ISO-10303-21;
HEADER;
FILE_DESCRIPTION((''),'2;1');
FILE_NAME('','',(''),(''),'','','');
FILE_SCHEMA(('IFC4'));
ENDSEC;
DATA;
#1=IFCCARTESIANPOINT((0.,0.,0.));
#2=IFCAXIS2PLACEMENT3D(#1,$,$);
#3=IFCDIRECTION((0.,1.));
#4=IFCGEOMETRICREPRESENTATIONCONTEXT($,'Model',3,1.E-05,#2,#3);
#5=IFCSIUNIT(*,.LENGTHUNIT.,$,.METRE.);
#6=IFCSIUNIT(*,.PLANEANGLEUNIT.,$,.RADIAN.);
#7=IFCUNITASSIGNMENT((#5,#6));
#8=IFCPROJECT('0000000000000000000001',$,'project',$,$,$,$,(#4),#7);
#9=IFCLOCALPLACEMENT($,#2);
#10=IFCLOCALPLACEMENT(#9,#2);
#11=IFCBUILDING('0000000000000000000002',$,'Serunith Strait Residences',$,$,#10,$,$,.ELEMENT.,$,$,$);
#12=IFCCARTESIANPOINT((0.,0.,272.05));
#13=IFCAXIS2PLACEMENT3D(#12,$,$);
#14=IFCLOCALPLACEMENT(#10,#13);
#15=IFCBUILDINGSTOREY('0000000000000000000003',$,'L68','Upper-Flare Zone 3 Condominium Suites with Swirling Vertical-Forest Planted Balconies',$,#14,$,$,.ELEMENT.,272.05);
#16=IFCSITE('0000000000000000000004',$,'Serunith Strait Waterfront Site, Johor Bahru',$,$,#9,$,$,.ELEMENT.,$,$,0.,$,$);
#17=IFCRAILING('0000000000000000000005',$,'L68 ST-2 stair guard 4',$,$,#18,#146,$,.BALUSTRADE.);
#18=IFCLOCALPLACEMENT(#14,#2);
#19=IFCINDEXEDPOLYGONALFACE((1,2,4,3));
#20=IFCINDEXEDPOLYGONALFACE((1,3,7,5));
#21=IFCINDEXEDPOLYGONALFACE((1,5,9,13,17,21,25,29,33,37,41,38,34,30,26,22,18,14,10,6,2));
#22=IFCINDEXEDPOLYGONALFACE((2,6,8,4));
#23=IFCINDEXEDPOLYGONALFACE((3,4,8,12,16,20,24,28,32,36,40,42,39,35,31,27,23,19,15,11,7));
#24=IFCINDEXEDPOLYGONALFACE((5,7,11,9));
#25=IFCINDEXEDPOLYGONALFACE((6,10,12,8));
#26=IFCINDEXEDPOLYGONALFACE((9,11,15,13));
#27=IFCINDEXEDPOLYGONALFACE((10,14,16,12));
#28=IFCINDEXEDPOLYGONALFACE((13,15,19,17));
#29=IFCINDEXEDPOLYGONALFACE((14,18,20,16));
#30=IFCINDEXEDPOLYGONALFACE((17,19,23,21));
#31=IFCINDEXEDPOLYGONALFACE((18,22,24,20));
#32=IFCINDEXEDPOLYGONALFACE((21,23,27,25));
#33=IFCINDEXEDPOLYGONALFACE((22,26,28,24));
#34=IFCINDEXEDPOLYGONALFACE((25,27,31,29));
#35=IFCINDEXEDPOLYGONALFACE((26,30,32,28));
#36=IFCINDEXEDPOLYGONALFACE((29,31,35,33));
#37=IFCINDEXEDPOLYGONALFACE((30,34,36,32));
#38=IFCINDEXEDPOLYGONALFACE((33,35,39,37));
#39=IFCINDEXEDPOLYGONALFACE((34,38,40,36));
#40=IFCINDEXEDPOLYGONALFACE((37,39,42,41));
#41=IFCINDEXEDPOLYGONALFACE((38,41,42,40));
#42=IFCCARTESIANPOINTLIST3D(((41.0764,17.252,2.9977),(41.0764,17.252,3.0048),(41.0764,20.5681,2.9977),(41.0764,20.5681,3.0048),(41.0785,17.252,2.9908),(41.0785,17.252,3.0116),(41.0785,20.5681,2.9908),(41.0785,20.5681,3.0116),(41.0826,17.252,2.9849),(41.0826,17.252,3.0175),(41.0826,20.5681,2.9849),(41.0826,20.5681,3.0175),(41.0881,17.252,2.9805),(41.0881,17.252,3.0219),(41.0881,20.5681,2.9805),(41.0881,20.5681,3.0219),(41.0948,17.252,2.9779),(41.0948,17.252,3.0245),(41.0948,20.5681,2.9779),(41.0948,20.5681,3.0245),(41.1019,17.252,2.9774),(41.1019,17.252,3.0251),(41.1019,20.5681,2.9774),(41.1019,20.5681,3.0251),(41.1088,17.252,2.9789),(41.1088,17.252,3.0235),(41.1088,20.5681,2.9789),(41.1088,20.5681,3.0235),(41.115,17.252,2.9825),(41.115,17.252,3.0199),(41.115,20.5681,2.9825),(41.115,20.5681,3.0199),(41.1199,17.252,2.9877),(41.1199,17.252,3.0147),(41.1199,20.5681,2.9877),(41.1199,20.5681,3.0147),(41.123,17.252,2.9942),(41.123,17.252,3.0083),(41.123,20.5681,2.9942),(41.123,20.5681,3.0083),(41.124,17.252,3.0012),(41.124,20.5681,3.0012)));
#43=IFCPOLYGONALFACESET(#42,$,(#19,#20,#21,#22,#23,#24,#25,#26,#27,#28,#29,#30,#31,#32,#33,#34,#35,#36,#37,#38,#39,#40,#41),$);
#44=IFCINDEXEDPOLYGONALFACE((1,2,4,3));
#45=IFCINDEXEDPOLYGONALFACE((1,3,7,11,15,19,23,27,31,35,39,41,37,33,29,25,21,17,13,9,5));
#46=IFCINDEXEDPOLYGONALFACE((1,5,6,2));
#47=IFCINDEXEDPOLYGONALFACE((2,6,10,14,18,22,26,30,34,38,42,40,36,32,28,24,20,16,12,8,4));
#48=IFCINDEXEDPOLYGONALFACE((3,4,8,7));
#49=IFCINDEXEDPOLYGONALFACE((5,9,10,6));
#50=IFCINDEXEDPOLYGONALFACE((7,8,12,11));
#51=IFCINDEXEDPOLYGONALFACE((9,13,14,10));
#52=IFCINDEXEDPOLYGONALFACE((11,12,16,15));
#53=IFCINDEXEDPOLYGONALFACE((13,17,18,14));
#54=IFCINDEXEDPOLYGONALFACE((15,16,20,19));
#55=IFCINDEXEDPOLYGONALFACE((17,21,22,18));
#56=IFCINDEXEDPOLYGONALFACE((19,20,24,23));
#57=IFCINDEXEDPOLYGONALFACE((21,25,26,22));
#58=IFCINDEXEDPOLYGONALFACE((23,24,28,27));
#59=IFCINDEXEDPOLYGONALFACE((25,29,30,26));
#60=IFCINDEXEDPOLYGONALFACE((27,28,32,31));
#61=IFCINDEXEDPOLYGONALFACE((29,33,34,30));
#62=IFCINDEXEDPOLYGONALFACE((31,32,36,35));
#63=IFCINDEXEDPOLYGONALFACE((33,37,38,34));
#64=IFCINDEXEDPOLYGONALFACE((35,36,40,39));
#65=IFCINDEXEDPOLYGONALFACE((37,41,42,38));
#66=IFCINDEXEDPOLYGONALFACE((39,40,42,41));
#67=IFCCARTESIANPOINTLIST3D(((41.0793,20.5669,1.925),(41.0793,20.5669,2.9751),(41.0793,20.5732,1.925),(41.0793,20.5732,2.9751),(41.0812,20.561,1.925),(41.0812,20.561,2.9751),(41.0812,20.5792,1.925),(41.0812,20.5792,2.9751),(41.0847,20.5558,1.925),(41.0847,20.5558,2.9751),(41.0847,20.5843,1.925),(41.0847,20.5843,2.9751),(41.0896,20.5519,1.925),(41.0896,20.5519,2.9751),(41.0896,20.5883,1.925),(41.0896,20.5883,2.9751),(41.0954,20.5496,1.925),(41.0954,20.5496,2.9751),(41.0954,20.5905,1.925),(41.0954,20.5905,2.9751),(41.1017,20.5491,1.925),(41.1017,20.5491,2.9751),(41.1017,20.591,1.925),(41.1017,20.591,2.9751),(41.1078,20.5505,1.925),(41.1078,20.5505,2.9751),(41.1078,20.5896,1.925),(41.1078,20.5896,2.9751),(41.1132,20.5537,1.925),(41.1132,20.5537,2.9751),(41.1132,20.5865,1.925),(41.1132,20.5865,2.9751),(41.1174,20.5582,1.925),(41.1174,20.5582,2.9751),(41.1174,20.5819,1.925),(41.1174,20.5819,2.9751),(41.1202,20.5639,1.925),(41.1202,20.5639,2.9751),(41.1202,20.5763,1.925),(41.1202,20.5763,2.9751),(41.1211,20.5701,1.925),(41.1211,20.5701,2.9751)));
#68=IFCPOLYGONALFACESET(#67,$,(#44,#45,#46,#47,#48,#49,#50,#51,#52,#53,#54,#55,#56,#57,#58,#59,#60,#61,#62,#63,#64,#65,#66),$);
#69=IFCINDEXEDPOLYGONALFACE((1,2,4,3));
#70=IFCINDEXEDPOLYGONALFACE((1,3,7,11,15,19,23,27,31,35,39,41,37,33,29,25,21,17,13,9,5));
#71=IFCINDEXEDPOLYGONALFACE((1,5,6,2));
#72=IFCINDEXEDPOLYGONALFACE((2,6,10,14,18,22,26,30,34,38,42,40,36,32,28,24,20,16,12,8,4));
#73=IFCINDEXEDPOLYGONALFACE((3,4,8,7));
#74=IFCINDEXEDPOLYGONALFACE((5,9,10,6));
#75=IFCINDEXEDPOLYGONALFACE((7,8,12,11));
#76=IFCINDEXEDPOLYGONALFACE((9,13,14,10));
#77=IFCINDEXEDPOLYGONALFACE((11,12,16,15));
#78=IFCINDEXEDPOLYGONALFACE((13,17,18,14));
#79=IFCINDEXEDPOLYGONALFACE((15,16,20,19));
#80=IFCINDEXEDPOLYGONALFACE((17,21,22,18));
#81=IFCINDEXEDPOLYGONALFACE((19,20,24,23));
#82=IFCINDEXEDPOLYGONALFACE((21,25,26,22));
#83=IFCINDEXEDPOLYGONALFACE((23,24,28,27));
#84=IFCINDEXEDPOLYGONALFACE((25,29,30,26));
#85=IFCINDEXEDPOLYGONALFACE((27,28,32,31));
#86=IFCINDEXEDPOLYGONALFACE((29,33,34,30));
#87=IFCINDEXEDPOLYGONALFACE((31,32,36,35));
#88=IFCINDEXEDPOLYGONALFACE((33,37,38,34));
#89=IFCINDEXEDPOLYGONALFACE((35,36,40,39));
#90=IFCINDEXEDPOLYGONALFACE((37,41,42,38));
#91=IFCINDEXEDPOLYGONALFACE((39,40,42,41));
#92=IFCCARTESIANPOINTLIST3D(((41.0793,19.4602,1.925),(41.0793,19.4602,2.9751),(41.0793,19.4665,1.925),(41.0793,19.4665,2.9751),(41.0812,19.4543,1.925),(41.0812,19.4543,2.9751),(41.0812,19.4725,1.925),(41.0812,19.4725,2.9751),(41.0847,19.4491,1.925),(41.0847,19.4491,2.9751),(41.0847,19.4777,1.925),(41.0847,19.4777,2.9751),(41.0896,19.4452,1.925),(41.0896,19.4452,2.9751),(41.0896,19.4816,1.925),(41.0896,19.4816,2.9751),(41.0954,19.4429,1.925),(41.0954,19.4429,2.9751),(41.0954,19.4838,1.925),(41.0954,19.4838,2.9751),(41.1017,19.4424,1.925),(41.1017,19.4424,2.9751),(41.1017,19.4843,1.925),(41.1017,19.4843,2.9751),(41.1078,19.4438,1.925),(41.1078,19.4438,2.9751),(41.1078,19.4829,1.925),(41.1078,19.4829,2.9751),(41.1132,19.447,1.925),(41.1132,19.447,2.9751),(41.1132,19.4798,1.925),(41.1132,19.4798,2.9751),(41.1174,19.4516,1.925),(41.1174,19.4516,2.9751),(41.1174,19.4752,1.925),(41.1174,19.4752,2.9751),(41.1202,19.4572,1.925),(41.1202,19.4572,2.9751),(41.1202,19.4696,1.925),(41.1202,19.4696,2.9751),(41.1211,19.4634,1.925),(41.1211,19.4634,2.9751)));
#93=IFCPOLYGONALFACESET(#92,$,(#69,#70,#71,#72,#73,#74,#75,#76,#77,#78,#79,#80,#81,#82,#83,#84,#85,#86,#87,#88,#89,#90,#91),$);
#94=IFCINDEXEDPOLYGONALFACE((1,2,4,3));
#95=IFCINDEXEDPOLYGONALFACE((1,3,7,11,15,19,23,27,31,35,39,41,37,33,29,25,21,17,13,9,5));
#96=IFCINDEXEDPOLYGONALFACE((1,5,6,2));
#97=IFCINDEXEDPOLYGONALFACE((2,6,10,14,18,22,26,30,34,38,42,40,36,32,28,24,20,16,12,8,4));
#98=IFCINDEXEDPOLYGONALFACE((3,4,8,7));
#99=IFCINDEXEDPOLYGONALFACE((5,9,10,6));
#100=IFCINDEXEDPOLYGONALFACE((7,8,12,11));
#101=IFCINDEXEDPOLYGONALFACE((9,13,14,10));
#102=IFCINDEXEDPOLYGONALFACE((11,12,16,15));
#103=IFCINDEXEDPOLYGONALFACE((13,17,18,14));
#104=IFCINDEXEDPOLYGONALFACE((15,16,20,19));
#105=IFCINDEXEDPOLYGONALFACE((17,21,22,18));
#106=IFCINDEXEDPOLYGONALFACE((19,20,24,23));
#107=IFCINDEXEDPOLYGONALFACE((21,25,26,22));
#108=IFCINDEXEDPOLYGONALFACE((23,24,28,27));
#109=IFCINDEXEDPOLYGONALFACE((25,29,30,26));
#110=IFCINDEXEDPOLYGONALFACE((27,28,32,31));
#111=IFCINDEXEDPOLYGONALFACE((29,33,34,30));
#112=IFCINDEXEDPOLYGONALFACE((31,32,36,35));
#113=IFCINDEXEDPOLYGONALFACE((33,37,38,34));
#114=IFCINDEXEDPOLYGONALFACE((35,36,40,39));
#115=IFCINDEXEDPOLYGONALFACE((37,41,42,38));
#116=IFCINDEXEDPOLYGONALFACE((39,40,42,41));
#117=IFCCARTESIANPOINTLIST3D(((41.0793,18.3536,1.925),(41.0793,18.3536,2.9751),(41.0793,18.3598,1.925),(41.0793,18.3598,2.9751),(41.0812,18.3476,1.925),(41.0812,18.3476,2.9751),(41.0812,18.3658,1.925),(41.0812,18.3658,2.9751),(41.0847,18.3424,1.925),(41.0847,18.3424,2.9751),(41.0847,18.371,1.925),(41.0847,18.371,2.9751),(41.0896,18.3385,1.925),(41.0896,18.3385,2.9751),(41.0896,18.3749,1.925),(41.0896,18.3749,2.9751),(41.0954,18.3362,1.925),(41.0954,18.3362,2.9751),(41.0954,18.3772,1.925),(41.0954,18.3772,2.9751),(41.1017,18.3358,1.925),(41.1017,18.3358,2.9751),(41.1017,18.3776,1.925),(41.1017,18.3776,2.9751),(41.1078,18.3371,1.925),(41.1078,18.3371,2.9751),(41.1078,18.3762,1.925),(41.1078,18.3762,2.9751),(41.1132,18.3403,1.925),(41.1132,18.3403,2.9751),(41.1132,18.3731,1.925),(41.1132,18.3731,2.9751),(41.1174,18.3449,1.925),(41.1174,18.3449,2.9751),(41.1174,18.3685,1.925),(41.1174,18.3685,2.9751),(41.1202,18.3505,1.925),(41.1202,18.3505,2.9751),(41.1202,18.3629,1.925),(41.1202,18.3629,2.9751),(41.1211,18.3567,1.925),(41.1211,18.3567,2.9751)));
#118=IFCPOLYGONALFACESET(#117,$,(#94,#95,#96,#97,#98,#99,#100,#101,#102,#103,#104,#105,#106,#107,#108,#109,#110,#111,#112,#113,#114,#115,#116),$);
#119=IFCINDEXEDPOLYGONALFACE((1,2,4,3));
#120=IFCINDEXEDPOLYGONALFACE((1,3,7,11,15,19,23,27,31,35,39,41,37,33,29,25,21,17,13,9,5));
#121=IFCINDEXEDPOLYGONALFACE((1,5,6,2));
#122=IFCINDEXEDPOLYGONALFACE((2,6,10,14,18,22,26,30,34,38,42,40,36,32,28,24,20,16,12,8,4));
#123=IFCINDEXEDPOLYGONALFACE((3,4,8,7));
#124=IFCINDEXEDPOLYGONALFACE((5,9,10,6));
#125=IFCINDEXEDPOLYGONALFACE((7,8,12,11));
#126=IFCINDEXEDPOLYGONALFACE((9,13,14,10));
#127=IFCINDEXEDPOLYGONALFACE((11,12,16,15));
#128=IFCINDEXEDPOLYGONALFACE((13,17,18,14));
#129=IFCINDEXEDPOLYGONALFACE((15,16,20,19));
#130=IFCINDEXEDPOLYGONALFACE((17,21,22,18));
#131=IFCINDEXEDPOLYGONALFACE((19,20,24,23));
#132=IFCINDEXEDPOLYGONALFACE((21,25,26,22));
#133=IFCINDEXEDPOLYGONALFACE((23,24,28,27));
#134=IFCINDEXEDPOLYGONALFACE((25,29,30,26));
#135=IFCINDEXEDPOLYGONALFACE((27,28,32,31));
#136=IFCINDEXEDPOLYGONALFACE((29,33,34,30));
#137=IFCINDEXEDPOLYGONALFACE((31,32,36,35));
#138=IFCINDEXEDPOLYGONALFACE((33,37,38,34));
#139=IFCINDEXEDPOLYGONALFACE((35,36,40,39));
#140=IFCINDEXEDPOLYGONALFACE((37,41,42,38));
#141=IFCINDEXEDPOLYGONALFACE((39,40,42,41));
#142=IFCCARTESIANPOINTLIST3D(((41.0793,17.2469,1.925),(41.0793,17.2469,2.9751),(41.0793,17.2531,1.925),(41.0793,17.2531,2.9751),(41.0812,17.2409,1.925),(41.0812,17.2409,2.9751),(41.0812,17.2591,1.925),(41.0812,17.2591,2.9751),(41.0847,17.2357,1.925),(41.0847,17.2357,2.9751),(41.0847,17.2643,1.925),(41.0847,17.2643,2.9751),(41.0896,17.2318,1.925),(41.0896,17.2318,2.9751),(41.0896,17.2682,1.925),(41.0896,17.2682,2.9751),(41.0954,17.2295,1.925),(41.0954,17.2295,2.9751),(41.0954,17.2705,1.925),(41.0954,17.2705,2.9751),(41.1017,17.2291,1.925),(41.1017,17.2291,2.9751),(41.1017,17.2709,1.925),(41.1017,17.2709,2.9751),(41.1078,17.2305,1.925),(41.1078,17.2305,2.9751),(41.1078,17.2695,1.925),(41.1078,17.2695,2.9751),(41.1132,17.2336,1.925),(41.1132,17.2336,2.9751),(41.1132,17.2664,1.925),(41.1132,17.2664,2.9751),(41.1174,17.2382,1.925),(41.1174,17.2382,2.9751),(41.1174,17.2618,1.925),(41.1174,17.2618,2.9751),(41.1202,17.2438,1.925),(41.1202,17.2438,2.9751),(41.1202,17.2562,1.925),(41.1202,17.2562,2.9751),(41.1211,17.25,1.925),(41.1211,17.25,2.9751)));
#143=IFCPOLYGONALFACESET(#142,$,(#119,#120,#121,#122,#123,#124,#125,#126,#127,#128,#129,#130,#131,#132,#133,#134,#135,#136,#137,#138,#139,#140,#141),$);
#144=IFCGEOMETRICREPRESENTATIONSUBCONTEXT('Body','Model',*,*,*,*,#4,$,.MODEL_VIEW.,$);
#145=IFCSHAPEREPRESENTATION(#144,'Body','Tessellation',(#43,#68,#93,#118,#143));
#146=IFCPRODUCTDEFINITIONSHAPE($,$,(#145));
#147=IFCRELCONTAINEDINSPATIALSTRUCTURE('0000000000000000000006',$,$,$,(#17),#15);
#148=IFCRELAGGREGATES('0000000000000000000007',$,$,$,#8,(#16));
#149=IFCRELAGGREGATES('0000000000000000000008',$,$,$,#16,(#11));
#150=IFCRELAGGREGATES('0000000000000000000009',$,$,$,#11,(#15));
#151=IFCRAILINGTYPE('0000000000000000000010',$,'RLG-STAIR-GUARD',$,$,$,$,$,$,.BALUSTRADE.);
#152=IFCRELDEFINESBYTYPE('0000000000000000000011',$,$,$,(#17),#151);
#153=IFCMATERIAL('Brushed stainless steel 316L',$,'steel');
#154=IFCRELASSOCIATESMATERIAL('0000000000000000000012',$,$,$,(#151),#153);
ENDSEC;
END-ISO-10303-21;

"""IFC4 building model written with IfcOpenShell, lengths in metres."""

from ifc_helpers import new_model, si_unit, direction, frame, origin, origin_2d, place, context, subcontext, project, spatial, circle, extrude, material, type_object, element, save


model = new_model("IFC4")

# Units and contexts
model_context = context("Model", 3, precision=1e-05, world=origin(), true_north=direction((0.0, 1.0)))
body_context = subcontext(model_context, "Body", "Model", "MODEL_VIEW")
ifc_project = project(units=[si_unit("LENGTHUNIT", "METRE"), si_unit("PLANEANGLEUNIT", "RADIAN")], contexts=[model_context])

# Site, building, storey
site_placement = place(None, origin())
site = spatial("IfcSite", under=ifc_project, at=site_placement, Name="Serunith Strait Waterfront Site, Johor Bahru", CompositionType="ELEMENT", RefElevation=0.0)
building_placement = place(site_placement, origin())
building = spatial("IfcBuilding", under=site, at=building_placement, Name="Serunith Strait Residences", CompositionType="ELEMENT")
storey_placement = place(building_placement, frame((0.0, 0.0, 272.05)))
storey = spatial("IfcBuildingStorey", under=building, at=storey_placement, Name="L68", Description="Upper-Flare Zone 3 Condominium Suites with Swirling Vertical-Forest Planted Balconies", CompositionType="ELEMENT", Elevation=272.05)

# Railing
ifc_material_1 = material(Name="Brushed stainless steel 316L", Category="steel")
railing_type_1 = type_object("IfcRailingType", Name="RLG-STAIR-GUARD", PredefinedType="BALUSTRADE", material=ifc_material_1)
for number, where, name in (
    (1, (41.1001, 20.5701, 1.925), "L68 ST-2 stair guard 4"),
):
    element("IfcRailing", number, at=place(storey_placement, frame(where)), inside=storey, type_object=railing_type_1, Name=name, PredefinedType="BALUSTRADE", context=body_context, shape_type="SweptSolid", body=[
        extrude(circle(Radius=0.0239, at=origin_2d()), frame((0.0, -0.002, 1.0762), z_axis=(0.0, -1.0, 0.0), x_axis=(1.0, 0.0, 0.0)), (0.0, 0.0, 1.0), 3.3162),
        extrude(circle(Radius=0.021, at=origin_2d()), origin(), (0.0, 0.0, 1.0), 1.05),
        extrude(circle(Radius=0.021, at=origin_2d()), frame((0.0, -1.1067, 0.0)), (0.0, 0.0, 1.0), 1.05),
        extrude(circle(Radius=0.021, at=origin_2d()), frame((0.0, -2.2134, 0.0)), (0.0, 0.0, 1.0), 1.05),
        extrude(circle(Radius=0.021, at=origin_2d()), frame((0.0, -3.3201, 0.0)), (0.0, 0.0, 1.0), 1.05),
    ])

save(model, "model.ifc")
